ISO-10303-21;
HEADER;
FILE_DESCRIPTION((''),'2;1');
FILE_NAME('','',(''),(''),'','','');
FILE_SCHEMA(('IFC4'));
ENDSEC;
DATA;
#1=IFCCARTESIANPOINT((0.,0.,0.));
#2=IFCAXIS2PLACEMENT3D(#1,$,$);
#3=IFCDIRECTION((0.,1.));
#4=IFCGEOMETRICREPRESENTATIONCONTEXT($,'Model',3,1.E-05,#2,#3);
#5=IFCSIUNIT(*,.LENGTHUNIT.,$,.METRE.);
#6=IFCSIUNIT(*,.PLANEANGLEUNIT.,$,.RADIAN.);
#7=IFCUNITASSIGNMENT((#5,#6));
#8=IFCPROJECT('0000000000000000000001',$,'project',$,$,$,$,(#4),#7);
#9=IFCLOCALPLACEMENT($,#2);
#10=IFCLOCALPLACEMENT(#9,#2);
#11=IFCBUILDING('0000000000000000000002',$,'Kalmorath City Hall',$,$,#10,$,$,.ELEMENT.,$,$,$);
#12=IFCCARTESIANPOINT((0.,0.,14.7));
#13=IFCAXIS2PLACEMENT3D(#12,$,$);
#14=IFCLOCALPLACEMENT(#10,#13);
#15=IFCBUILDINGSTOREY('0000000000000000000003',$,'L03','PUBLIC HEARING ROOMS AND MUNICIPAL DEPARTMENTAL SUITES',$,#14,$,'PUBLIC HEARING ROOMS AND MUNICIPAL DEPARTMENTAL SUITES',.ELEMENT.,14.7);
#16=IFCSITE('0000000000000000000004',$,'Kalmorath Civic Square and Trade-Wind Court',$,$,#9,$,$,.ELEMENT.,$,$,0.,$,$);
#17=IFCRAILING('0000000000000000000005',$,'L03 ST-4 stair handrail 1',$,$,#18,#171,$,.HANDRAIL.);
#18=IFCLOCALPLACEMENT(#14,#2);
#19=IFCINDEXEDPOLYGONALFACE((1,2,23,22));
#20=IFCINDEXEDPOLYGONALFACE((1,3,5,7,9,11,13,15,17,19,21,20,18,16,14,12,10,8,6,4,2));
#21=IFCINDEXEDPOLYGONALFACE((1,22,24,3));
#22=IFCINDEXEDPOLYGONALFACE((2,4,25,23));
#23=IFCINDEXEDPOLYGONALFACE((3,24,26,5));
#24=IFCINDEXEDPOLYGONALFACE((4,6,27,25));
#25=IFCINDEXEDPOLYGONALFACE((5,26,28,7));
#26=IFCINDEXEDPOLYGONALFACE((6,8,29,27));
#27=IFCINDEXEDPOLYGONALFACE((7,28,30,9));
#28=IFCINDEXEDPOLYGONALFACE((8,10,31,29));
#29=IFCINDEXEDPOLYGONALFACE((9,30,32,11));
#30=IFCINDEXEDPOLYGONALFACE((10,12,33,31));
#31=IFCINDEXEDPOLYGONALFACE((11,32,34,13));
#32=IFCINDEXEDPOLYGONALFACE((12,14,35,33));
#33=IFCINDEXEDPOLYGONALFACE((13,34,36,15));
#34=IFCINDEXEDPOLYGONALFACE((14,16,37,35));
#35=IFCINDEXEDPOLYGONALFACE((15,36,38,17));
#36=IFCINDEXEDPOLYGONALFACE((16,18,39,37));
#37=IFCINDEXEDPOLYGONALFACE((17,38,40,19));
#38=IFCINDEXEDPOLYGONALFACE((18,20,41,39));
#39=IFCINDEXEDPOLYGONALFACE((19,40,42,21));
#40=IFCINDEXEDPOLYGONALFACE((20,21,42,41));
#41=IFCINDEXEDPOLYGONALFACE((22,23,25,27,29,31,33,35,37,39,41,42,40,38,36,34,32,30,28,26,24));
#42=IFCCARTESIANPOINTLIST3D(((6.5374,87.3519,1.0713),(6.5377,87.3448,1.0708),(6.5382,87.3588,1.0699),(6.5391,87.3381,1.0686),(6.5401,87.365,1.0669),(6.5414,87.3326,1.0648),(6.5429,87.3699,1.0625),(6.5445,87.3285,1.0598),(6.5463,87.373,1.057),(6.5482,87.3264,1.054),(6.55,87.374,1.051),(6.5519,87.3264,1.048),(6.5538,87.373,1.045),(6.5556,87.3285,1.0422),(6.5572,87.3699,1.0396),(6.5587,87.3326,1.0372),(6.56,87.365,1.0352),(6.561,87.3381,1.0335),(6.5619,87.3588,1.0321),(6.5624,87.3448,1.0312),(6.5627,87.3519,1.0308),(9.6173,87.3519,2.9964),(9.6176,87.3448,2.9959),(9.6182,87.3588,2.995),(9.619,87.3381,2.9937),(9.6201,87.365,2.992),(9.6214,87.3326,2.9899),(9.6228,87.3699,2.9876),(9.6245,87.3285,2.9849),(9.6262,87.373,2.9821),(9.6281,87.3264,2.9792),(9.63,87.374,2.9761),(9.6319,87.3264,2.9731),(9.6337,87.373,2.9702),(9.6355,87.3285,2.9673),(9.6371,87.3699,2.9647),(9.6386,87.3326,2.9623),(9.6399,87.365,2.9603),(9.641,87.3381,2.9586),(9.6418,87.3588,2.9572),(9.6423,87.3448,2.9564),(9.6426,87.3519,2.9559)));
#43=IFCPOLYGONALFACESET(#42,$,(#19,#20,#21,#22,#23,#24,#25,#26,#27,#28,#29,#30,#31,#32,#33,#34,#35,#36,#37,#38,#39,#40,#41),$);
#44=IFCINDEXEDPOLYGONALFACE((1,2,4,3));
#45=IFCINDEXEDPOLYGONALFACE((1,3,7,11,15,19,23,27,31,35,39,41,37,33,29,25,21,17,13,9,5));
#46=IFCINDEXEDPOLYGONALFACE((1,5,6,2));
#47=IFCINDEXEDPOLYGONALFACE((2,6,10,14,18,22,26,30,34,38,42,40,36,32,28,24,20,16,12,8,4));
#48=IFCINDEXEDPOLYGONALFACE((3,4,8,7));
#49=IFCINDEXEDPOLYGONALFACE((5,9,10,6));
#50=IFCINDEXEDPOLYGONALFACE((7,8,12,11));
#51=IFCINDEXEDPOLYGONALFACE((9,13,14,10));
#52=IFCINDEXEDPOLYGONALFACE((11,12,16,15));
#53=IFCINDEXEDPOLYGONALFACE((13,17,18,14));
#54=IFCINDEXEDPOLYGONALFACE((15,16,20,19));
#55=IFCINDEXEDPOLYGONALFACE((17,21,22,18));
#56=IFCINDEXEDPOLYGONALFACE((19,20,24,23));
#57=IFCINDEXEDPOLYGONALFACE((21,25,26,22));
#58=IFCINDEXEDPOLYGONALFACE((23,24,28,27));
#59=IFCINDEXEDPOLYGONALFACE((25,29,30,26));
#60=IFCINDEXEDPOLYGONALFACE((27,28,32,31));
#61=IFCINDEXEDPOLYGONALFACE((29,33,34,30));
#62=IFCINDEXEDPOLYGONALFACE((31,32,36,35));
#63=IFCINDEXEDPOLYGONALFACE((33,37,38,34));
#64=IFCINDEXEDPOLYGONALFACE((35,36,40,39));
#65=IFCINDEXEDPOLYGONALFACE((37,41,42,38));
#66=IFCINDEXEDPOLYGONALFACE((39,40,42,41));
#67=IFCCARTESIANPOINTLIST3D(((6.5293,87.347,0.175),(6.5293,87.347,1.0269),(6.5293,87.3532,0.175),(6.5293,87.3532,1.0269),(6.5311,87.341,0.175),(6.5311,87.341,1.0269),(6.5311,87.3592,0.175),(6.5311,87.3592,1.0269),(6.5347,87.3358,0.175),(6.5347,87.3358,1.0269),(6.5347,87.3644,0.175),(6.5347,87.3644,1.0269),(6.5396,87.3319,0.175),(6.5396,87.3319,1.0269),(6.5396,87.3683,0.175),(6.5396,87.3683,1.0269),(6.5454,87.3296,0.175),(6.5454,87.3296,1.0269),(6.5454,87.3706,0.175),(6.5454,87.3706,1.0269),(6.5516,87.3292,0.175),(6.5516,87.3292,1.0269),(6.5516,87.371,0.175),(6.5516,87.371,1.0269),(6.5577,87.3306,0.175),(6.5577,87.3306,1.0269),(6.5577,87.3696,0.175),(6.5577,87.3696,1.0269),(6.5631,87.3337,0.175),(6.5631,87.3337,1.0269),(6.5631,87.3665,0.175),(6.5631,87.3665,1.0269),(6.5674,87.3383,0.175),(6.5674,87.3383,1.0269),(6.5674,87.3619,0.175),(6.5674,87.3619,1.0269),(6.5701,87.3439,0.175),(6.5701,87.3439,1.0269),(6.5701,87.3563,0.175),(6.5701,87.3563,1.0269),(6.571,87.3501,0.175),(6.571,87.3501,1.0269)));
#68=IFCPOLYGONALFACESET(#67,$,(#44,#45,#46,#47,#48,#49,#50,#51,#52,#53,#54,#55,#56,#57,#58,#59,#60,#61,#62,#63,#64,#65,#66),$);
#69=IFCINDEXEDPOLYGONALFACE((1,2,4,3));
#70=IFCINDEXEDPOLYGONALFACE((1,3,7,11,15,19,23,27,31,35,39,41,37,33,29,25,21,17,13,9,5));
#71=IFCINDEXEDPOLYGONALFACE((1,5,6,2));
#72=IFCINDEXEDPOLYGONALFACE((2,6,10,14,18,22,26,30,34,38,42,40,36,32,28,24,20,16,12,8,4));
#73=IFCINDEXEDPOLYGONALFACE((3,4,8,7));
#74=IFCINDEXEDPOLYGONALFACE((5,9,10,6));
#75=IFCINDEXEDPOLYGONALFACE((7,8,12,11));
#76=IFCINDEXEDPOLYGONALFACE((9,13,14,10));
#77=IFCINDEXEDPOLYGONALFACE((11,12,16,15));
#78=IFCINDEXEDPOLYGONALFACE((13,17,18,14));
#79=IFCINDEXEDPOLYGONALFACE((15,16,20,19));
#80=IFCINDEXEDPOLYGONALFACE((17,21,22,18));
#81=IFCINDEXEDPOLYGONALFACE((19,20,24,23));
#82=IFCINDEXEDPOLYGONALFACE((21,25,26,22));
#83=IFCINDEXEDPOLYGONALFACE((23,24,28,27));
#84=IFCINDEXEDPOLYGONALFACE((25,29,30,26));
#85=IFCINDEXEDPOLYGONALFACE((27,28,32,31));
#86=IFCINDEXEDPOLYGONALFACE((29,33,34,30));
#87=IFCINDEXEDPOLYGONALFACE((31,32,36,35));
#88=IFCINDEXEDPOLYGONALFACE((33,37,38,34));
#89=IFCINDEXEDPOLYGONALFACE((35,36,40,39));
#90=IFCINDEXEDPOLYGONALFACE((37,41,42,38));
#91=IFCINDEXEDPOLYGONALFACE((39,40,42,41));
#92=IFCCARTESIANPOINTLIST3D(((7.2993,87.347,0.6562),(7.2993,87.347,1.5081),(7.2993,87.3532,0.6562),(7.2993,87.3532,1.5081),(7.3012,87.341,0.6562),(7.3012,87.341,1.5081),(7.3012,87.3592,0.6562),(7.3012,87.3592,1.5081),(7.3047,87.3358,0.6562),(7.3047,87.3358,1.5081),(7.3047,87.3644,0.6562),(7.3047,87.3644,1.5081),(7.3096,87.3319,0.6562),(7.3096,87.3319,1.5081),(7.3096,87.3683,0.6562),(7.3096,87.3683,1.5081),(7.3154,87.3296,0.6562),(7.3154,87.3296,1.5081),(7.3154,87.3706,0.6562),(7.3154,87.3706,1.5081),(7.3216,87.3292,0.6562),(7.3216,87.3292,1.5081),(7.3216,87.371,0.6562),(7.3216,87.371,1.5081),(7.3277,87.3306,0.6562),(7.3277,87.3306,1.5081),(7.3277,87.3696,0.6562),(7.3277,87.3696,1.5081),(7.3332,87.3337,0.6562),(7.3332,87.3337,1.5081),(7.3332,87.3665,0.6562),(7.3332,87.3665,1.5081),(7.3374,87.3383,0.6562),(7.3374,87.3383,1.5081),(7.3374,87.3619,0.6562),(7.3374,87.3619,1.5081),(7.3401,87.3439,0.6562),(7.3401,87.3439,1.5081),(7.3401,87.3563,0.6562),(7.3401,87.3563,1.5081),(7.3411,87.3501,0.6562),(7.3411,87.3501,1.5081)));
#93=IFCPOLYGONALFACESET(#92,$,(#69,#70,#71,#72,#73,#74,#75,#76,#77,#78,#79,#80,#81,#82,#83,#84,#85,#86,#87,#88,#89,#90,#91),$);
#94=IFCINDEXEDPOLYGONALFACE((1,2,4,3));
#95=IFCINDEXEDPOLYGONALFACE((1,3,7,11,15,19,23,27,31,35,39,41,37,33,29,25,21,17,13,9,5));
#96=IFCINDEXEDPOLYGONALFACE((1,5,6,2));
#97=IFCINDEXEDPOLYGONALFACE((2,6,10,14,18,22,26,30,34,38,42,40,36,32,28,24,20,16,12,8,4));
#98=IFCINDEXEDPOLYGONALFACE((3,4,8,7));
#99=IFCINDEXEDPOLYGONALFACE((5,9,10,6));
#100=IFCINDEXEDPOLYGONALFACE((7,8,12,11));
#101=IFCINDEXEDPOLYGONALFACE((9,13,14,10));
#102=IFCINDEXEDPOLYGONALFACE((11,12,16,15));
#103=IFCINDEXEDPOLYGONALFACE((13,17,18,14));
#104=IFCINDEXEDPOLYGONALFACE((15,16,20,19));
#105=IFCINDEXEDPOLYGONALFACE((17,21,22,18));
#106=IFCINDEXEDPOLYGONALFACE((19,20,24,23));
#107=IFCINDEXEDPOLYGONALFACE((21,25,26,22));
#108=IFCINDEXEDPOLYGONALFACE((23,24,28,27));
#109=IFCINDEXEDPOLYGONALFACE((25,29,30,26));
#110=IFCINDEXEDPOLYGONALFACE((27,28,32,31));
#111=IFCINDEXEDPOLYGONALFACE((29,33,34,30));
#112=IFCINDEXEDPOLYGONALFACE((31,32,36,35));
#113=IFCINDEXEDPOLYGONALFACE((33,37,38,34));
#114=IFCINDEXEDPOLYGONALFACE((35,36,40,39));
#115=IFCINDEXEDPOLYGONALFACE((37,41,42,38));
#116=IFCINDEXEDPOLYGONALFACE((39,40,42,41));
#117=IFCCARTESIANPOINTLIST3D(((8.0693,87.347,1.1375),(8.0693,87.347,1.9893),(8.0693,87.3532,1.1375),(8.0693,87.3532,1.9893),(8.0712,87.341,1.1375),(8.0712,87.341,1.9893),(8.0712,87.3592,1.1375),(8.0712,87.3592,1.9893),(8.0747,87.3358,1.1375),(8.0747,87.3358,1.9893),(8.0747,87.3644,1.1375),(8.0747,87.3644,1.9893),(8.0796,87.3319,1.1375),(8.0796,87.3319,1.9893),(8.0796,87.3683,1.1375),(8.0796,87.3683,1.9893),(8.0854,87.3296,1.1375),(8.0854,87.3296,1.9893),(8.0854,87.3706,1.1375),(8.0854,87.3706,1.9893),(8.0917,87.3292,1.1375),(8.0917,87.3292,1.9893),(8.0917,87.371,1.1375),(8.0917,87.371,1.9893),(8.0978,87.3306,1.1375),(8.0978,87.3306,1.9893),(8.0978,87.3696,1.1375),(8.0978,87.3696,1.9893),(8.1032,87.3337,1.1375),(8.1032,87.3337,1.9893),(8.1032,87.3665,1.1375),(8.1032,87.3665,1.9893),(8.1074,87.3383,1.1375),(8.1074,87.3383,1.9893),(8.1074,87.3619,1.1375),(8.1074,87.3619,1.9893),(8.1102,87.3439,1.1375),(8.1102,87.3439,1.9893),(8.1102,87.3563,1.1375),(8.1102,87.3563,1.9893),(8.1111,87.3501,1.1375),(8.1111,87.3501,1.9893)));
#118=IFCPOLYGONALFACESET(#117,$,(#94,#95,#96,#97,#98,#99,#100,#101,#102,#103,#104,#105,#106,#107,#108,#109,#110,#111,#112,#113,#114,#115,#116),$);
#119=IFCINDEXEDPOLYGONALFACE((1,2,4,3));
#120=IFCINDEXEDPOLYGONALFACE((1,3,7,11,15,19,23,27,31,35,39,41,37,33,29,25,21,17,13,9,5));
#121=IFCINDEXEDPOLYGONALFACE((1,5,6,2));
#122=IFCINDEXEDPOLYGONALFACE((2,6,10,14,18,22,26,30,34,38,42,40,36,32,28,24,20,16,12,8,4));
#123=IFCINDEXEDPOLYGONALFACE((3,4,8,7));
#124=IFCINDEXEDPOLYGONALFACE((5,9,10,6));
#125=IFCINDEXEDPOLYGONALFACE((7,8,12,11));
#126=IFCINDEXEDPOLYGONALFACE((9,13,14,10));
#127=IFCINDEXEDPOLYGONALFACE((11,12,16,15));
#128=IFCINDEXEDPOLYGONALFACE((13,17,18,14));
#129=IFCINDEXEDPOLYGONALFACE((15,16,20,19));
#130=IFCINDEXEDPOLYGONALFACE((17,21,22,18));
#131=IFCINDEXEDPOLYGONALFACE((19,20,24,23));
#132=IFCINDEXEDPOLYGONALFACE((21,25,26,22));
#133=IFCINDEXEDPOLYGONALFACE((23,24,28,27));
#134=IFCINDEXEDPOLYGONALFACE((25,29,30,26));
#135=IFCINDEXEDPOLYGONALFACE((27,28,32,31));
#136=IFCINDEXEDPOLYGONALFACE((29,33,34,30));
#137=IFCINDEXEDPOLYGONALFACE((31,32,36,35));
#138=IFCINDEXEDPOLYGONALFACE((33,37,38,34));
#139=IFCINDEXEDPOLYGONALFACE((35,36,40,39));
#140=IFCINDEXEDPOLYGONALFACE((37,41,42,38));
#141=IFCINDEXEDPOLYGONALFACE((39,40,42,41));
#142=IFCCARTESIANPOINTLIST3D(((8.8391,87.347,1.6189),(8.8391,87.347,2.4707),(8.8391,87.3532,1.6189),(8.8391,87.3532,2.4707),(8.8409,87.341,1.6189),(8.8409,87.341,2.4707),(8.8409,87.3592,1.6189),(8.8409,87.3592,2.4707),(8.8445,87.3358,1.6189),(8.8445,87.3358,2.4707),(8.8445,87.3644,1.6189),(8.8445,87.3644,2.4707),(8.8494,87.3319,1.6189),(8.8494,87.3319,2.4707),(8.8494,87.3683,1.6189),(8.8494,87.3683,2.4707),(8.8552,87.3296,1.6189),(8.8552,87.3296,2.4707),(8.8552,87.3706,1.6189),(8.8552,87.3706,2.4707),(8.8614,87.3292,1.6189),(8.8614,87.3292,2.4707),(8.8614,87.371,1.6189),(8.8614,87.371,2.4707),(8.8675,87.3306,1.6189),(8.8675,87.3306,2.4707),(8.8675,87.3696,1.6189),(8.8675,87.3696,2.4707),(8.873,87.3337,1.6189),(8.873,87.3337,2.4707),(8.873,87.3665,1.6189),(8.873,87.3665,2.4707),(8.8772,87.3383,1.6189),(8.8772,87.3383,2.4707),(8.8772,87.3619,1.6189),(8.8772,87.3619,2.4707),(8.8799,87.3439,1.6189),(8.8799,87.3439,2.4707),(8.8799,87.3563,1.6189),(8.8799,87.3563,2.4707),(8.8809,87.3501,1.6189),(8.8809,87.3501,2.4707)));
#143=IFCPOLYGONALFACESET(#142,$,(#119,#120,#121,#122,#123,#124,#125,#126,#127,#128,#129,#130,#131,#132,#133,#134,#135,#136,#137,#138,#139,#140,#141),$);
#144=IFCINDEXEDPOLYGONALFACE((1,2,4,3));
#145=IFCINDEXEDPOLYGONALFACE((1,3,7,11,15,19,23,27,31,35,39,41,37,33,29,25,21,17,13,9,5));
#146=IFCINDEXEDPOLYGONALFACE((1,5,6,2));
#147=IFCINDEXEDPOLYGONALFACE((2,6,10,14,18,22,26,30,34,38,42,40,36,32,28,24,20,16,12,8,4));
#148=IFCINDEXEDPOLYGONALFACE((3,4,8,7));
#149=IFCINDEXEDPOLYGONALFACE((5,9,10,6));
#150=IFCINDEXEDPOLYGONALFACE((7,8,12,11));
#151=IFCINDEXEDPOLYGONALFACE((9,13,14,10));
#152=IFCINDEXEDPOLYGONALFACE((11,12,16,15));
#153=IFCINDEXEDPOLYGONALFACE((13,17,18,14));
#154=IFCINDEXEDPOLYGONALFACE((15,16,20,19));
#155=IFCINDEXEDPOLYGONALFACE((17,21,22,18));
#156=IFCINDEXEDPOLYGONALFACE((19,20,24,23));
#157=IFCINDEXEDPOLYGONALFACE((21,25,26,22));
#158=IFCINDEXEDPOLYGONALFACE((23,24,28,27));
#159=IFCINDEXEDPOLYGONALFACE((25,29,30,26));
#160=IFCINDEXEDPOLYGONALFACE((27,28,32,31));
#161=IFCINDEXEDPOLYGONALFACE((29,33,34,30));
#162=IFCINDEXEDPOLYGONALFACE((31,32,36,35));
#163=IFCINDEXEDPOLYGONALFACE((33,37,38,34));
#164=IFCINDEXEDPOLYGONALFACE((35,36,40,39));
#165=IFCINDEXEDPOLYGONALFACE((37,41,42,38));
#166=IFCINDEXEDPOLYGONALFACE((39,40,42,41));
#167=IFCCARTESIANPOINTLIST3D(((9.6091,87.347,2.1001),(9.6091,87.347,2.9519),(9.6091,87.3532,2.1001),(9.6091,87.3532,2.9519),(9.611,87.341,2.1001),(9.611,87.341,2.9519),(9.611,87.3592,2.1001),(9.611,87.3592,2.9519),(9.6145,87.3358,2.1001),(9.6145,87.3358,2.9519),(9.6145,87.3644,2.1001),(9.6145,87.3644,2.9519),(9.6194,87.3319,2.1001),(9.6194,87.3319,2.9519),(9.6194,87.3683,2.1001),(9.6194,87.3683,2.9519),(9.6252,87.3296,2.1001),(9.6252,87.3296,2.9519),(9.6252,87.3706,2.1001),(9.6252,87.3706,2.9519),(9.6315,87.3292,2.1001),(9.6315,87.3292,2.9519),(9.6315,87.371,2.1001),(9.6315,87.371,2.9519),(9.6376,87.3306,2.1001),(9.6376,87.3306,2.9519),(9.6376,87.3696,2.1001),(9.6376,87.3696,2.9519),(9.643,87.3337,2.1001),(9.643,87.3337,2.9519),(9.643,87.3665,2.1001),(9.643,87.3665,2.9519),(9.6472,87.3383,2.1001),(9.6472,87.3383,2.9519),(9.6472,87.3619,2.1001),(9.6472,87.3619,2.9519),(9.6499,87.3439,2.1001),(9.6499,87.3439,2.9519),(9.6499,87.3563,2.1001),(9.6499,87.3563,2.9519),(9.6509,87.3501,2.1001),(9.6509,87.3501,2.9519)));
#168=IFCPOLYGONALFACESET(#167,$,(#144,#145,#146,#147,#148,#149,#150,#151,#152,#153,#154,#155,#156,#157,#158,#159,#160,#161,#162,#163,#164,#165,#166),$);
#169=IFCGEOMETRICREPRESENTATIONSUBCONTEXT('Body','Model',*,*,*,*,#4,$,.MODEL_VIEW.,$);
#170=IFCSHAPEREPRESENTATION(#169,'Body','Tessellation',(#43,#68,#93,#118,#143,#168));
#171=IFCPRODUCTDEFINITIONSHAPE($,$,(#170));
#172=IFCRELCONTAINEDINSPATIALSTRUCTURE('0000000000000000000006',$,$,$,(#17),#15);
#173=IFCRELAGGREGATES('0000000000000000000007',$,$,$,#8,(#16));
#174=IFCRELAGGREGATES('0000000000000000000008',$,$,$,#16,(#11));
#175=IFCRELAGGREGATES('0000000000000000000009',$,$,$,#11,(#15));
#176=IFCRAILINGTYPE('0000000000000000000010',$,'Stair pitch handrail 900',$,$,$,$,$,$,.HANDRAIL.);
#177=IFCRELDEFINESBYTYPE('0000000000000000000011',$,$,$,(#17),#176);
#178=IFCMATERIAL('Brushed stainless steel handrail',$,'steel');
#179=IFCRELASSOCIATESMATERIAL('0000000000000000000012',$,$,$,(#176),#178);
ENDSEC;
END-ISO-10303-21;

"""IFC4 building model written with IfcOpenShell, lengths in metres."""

from ifc_helpers import new_model, si_unit, direction, frame, origin, origin_2d, place, context, subcontext, project, spatial, circle, extrude, material, type_object, element, save


model = new_model("IFC4")

# Units and contexts
model_context = context("Model", 3, precision=1e-05, world=origin(), true_north=direction((0.0, 1.0)))
body_context = subcontext(model_context, "Body", "Model", "MODEL_VIEW")
ifc_project = project(units=[si_unit("LENGTHUNIT", "METRE"), si_unit("PLANEANGLEUNIT", "RADIAN")], contexts=[model_context])

# Site, building, storey
site_placement = place(None, origin())
site = spatial("IfcSite", under=ifc_project, at=site_placement, Name="Kalmorath Civic Square and Trade-Wind Court", CompositionType="ELEMENT", RefElevation=0.0)
building_placement = place(site_placement, origin())
building = spatial("IfcBuilding", under=site, at=building_placement, Name="Kalmorath City Hall", CompositionType="ELEMENT")
storey_placement = place(building_placement, frame((0.0, 0.0, 14.7)))
storey = spatial("IfcBuildingStorey", under=building, at=storey_placement, Name="L03", Description="PUBLIC HEARING ROOMS AND MUNICIPAL DEPARTMENTAL SUITES", LongName="PUBLIC HEARING ROOMS AND MUNICIPAL DEPARTMENTAL SUITES", CompositionType="ELEMENT", Elevation=14.7)

# Railing
ifc_material_1 = material(Name="Brushed stainless steel handrail", Category="steel")
railing_type_1 = type_object("IfcRailingType", Name="Stair pitch handrail 900", PredefinedType="HANDRAIL", material=ifc_material_1)
railing_1_placement = place(storey_placement, frame((6.55, 87.3501, 0.175)))
element("IfcRailing", 1, at=railing_1_placement, inside=storey, type_object=railing_type_1, Name="L03 ST-4 stair handrail 1", PredefinedType="HANDRAIL", context=body_context, shape_type="SweptSolid", body=[
    extrude(circle(Radius=0.0239, at=origin_2d()), frame((0.0, 0.0, 0.876), z_axis=(0.847979, 0.0, 0.530029), x_axis=(0.0, 1.0, 0.0)), (0.0, 0.0, 1.0), 3.6321),
    extrude(circle(Radius=0.021, at=origin_2d()), origin(), (0.0, 0.0, 1.0), 0.8518),
    extrude(circle(Radius=0.021, at=origin_2d()), frame((0.77, 0.0, 0.4812)), (0.0, 0.0, 1.0), 0.8518),
    extrude(circle(Radius=0.021, at=origin_2d()), frame((1.54, 0.0, 0.9624)), (0.0, 0.0, 1.0), 0.8518),
    extrude(circle(Radius=0.021, at=origin_2d()), frame((2.3098, 0.0, 1.4438)), (0.0, 0.0, 1.0), 0.8518),
    extrude(circle(Radius=0.021, at=origin_2d()), frame((3.0798, 0.0, 1.925)), (0.0, 0.0, 1.0), 0.8518),
])

save(model, "model.ifc")
